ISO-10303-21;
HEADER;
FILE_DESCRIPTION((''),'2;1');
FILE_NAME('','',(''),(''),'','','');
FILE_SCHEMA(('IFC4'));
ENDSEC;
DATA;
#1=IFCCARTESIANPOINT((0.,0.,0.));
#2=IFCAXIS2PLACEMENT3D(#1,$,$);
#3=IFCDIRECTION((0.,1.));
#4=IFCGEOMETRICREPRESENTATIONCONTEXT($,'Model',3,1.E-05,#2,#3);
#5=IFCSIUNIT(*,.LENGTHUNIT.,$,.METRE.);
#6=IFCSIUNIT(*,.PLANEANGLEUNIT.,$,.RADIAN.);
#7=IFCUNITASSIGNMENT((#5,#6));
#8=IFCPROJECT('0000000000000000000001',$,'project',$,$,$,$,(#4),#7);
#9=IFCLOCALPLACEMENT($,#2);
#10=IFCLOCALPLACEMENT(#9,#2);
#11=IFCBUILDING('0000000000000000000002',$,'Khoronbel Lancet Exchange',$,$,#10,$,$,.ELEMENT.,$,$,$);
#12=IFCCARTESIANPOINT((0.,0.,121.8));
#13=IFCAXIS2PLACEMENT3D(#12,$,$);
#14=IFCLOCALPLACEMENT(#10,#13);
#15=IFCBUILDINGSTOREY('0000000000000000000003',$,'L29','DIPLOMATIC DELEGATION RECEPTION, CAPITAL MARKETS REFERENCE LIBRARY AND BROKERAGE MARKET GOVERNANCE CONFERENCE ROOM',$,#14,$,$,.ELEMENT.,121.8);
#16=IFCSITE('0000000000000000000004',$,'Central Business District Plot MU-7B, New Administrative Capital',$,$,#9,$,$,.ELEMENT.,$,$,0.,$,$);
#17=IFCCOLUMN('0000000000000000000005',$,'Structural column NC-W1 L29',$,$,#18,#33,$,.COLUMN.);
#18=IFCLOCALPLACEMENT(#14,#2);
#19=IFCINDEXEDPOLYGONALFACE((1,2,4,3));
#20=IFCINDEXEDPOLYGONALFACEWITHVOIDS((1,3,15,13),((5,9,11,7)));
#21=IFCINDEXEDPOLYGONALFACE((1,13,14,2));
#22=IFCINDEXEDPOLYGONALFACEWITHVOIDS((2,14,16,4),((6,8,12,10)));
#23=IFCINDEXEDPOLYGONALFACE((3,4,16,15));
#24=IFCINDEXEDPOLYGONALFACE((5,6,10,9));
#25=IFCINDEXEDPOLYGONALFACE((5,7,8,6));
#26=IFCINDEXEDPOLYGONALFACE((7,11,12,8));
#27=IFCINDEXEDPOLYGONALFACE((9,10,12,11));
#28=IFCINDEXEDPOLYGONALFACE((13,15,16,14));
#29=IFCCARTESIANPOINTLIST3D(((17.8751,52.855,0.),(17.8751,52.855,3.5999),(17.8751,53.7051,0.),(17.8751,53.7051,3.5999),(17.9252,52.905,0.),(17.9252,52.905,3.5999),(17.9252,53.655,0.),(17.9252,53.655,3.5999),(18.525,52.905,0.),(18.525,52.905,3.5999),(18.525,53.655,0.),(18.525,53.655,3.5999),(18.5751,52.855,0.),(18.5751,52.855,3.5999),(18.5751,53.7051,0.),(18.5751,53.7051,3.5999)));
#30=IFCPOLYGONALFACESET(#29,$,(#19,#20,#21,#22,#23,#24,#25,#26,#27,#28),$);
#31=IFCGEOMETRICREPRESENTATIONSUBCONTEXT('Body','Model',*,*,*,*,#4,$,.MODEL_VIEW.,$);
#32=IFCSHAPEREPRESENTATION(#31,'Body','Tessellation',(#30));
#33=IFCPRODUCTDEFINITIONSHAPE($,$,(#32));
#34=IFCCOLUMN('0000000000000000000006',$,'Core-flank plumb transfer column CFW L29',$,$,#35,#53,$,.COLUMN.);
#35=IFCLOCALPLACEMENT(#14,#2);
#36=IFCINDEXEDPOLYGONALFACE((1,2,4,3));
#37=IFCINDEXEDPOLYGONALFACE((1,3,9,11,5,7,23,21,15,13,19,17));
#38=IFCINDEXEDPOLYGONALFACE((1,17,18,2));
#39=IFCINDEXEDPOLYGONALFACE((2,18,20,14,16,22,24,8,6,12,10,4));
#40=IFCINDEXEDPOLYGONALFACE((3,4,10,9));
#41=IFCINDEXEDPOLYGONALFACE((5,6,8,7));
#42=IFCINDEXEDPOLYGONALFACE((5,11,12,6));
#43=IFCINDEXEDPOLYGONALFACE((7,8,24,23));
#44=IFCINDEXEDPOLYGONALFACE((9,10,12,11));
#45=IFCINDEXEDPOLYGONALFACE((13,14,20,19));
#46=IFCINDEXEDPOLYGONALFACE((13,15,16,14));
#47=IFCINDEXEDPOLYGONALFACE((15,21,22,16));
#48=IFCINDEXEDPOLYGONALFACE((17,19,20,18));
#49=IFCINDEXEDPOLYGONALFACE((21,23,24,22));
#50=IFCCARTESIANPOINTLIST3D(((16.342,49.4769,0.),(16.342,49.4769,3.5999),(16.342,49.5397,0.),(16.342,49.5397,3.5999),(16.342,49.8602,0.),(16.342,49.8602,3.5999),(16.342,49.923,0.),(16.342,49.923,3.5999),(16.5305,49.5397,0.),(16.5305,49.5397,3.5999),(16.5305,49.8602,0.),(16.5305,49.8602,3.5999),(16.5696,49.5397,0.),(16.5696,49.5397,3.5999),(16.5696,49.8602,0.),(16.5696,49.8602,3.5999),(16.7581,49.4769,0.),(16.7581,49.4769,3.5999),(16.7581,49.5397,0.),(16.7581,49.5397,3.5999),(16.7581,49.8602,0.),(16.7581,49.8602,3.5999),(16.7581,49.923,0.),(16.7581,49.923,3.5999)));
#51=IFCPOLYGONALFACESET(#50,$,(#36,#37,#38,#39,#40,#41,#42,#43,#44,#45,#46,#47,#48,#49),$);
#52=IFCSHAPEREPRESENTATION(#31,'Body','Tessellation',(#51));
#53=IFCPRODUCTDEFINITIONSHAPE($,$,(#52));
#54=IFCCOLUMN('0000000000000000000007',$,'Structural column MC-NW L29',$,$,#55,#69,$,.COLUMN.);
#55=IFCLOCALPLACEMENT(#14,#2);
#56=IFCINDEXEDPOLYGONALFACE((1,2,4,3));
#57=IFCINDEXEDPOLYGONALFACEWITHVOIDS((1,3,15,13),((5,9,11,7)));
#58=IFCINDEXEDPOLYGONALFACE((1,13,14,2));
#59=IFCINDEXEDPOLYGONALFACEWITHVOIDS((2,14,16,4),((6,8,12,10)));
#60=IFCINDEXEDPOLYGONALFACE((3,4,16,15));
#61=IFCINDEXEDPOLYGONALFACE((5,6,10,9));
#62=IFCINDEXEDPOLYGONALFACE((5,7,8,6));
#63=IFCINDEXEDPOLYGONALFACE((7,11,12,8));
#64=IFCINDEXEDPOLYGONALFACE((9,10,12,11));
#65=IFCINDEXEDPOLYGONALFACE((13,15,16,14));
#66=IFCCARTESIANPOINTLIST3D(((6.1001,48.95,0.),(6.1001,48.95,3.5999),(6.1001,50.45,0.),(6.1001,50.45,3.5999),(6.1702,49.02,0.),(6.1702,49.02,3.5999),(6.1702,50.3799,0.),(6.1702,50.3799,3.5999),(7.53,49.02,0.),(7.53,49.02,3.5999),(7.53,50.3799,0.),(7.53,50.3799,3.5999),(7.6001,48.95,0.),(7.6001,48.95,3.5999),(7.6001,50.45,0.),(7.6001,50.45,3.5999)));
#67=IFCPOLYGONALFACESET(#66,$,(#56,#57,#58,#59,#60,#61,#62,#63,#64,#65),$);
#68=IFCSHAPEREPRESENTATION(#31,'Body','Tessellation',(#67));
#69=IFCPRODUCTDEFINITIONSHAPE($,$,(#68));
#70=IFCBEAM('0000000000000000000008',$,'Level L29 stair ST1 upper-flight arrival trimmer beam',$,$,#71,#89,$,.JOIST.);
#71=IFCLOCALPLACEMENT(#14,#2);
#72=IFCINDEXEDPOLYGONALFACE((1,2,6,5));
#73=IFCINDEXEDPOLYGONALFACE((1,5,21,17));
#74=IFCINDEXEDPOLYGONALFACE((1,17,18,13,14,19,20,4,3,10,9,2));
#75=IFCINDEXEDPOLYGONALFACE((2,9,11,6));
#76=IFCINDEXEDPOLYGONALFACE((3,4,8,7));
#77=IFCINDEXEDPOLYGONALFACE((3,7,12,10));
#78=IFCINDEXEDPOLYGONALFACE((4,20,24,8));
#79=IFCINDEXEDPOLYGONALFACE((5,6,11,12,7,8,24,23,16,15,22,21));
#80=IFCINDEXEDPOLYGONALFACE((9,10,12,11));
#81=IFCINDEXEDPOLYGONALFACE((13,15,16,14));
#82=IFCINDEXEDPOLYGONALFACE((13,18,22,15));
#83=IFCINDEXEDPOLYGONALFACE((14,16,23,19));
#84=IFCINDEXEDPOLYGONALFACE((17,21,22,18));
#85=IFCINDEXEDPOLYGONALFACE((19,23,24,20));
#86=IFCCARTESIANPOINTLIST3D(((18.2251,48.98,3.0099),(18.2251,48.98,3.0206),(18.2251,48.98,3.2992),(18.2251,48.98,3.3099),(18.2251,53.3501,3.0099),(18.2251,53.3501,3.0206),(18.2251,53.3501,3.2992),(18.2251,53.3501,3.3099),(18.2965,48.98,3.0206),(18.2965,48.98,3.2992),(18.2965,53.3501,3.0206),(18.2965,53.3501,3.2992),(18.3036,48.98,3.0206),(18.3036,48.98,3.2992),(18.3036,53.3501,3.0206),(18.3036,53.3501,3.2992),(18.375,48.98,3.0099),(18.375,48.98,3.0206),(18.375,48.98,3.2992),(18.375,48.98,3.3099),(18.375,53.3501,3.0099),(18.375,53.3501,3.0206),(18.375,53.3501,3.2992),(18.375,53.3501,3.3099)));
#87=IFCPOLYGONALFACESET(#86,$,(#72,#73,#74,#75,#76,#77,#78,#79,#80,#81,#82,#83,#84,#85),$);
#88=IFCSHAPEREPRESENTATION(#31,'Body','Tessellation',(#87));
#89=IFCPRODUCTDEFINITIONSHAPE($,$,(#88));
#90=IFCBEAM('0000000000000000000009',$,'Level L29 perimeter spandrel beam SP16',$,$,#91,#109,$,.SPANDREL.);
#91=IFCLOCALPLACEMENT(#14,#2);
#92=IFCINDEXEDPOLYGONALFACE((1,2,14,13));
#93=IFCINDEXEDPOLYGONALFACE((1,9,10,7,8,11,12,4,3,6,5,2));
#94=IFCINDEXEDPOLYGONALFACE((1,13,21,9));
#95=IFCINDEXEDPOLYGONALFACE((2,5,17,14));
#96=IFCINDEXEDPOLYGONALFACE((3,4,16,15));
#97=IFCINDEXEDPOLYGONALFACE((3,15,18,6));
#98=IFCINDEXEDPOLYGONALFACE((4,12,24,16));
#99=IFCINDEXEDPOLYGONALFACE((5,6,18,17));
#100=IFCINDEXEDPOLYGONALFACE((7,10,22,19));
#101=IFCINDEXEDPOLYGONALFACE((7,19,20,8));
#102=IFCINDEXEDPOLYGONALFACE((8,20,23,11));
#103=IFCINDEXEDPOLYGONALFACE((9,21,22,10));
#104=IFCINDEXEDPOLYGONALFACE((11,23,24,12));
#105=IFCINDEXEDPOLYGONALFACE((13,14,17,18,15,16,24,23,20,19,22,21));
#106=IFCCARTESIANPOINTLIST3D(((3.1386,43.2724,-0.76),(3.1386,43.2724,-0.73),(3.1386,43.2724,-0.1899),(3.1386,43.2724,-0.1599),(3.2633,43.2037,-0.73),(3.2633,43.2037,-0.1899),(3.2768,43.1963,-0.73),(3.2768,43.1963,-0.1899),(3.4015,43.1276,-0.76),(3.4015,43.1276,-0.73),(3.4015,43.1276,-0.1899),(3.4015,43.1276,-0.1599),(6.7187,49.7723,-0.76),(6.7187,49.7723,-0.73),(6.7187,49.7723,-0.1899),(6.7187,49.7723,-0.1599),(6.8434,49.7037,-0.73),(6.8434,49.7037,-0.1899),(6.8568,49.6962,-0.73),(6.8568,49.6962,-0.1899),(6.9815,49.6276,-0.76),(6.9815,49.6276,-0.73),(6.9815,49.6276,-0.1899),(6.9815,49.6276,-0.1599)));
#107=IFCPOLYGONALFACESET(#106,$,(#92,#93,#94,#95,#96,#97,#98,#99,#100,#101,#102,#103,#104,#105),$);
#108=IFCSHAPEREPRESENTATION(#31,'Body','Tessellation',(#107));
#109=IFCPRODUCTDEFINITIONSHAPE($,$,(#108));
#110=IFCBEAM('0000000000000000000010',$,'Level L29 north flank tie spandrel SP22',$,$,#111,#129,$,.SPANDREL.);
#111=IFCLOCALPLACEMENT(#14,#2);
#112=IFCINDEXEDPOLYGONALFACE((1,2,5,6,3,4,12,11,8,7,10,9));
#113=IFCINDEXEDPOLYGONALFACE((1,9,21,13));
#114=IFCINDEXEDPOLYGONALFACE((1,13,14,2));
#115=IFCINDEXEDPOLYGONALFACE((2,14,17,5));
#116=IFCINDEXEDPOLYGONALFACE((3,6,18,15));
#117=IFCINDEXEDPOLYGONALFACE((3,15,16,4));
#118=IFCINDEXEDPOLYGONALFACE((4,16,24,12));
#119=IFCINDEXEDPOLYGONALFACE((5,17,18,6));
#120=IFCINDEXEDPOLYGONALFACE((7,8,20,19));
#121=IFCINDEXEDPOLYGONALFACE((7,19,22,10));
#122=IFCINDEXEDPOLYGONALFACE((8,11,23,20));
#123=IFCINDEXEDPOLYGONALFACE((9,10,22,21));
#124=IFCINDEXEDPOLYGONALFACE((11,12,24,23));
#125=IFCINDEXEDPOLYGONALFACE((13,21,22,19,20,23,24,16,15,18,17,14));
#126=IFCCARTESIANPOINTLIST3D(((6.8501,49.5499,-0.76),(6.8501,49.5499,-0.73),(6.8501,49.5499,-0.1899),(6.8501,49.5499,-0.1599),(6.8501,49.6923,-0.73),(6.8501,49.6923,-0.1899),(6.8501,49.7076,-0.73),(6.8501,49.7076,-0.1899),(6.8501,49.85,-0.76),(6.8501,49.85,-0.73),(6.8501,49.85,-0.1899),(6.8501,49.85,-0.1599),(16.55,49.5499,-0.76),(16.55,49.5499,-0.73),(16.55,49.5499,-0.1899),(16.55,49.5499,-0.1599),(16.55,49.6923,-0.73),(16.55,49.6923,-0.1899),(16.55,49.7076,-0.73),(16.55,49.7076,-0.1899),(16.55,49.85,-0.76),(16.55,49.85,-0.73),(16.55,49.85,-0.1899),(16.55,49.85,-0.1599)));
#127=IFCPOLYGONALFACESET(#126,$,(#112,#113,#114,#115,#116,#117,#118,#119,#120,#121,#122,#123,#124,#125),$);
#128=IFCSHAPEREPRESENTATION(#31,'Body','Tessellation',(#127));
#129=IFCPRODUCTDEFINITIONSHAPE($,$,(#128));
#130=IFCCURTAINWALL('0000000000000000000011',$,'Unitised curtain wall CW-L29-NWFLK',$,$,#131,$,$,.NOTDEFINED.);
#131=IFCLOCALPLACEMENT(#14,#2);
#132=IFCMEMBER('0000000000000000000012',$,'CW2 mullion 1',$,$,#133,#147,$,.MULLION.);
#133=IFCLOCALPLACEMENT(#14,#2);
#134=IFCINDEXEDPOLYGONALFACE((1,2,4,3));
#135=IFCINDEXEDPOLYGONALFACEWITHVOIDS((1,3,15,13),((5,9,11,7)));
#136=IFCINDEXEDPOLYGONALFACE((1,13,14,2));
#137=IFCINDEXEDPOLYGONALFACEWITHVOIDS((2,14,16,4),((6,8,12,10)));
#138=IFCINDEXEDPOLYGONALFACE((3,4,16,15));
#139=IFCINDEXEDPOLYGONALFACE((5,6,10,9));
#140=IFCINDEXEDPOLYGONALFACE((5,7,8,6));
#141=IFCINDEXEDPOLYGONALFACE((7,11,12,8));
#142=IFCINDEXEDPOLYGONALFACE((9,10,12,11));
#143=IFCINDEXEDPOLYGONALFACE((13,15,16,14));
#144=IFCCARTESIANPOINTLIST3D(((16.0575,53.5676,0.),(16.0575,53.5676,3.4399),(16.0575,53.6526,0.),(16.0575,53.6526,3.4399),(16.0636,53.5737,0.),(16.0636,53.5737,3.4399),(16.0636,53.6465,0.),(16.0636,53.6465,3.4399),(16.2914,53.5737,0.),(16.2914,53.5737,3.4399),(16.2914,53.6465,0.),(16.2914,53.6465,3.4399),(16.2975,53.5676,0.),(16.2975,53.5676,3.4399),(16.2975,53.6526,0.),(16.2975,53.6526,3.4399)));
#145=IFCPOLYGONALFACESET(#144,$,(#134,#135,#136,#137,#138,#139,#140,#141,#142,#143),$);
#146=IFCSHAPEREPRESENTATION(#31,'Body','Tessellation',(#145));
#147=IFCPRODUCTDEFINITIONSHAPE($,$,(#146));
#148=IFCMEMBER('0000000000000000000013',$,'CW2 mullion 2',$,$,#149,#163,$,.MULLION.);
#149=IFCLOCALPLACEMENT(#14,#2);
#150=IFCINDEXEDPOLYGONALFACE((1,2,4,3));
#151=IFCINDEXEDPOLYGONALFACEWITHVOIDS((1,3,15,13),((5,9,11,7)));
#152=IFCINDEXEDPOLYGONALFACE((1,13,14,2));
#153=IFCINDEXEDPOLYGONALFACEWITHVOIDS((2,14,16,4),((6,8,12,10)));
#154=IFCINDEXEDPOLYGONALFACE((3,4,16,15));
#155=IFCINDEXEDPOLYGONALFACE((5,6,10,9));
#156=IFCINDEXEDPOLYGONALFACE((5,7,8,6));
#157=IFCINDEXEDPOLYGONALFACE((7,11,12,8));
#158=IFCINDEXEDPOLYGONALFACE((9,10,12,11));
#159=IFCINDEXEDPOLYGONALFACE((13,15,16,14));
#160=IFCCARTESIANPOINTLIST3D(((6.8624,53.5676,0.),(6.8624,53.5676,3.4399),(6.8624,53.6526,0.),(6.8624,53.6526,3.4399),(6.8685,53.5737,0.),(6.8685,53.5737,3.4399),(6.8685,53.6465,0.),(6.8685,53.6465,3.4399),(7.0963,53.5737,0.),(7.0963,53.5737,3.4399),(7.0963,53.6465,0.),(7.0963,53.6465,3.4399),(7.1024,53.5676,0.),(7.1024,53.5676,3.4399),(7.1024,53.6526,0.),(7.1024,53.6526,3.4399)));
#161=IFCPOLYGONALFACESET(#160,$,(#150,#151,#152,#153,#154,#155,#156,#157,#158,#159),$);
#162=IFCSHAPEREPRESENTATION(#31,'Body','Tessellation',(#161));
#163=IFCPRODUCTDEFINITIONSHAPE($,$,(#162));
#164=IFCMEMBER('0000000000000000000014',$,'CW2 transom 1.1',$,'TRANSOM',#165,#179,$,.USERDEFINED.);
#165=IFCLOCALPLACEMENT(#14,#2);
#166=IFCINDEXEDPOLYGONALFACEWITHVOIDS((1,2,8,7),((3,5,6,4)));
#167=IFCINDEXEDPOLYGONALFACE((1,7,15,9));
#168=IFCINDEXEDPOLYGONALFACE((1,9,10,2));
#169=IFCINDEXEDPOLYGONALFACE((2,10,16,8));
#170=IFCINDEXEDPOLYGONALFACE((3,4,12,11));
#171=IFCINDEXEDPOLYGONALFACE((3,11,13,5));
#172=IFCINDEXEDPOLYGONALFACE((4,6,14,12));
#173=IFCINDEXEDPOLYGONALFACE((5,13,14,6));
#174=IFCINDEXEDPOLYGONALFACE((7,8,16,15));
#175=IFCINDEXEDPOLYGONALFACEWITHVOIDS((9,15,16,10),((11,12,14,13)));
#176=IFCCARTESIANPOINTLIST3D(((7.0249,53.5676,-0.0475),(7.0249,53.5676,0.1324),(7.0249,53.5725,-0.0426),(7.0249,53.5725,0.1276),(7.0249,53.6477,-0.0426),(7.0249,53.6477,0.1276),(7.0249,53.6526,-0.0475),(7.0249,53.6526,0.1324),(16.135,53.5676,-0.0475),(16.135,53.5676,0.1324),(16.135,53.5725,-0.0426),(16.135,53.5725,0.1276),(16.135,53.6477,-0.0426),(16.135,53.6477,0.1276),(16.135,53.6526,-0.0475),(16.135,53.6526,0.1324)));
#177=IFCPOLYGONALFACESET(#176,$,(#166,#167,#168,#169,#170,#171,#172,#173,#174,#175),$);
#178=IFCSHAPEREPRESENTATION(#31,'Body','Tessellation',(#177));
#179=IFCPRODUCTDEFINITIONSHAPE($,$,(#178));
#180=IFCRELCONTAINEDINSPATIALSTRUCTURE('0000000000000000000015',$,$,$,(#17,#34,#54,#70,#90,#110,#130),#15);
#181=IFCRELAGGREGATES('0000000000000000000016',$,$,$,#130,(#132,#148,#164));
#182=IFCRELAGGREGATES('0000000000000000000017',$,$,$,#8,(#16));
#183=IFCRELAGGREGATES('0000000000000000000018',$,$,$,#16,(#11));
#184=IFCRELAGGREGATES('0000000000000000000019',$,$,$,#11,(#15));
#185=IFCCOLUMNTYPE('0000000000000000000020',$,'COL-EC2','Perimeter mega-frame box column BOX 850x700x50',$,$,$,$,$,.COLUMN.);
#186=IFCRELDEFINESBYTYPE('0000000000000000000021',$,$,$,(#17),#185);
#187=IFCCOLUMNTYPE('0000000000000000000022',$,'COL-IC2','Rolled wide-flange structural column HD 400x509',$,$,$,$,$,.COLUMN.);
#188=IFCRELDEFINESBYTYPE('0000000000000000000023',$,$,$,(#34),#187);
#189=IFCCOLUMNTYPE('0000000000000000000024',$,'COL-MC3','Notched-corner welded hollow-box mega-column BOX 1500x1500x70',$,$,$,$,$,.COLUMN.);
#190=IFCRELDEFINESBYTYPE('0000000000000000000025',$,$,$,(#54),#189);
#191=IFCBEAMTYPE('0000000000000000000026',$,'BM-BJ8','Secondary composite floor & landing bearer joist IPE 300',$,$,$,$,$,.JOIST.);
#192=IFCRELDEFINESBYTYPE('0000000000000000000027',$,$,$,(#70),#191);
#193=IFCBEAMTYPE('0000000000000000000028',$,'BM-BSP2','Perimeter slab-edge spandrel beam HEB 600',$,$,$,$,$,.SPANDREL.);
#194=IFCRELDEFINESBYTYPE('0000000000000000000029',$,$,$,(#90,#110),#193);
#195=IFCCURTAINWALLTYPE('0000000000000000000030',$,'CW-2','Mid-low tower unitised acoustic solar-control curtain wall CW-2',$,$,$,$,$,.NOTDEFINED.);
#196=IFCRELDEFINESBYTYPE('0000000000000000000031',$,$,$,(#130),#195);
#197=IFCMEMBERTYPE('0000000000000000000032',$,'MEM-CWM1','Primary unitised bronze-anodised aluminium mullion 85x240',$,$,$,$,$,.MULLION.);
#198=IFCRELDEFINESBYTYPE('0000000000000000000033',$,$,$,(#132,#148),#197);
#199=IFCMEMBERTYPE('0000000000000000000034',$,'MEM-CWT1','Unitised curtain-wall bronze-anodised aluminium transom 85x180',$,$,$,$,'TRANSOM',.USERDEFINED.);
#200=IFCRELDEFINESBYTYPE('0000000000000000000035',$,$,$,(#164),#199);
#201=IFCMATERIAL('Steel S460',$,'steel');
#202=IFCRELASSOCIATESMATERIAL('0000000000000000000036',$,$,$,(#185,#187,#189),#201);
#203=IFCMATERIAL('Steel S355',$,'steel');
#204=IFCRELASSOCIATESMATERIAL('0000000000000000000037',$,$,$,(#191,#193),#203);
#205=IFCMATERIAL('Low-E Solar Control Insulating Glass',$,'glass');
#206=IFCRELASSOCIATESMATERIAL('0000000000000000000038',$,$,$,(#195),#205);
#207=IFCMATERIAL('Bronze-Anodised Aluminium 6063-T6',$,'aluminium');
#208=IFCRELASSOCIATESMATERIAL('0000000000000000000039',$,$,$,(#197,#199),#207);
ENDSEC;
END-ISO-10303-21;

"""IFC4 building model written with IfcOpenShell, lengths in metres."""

from ifc_helpers import new_model, si_unit, direction, frame, origin, origin_2d, place, context, subcontext, project, spatial, hollow_rectangle, i_section, extrude, material, material_profile, profile_set, type_object, element, aggregate, save


model = new_model("IFC4")

# Units and contexts
model_context = context("Model", 3, precision=1e-05, world=origin(), true_north=direction((0.0, 1.0)))
body_context = subcontext(model_context, "Body", "Model", "MODEL_VIEW")
ifc_project = project(units=[si_unit("LENGTHUNIT", "METRE"), si_unit("PLANEANGLEUNIT", "RADIAN")], contexts=[model_context])

# Site, building, storey
site_placement = place(None, origin())
site = spatial("IfcSite", under=ifc_project, at=site_placement, Name="Central Business District Plot MU-7B, New Administrative Capital", CompositionType="ELEMENT", RefElevation=0.0)
building_placement = place(site_placement, origin())
building = spatial("IfcBuilding", under=site, at=building_placement, Name="Khoronbel Lancet Exchange", CompositionType="ELEMENT")
storey_placement = place(building_placement, frame((0.0, 0.0, 121.8)))
storey = spatial("IfcBuildingStorey", under=building, at=storey_placement, Name="L29", Description="DIPLOMATIC DELEGATION RECEPTION, CAPITAL MARKETS REFERENCE LIBRARY AND BROKERAGE MARKET GOVERNANCE CONFERENCE ROOM", CompositionType="ELEMENT", Elevation=121.8)

# Columns
ifc_material_1 = material(Name="Steel S460", Category="steel")
ifc_material_profile_1 = material_profile(ifc_material_1, hollow_rectangle(XDim=0.7, YDim=0.8501, WallThickness=0.05, at=origin_2d()), Name="BOX 850x700x50")
ifc_profile_set_1 = profile_set([ifc_material_profile_1], Name="Steel S460")
column_type_1 = type_object("IfcColumnType", Name="COL-EC2", Description="Perimeter mega-frame box column BOX 850x700x50", PredefinedType="COLUMN", material=ifc_profile_set_1)
column_1_placement = place(storey_placement, frame((18.2251, 53.28, 0.0), z_axis=(0.0, 0.0, 1.0), x_axis=(1.0, 0.0, 0.0)))
element("IfcColumn", 1, at=column_1_placement, inside=storey, type_object=column_type_1, Name="Structural column NC-W1 L29", PredefinedType="COLUMN", context=body_context, shape_type="SweptSolid", body=[
    extrude(hollow_rectangle(XDim=0.7, YDim=0.8501, WallThickness=0.05, at=origin_2d()), origin(), (0.0, 0.0, 1.0), 3.5999),
])
ifc_material_profile_2 = material_profile(ifc_material_1, i_section(OverallWidth=0.416, OverallDepth=0.446, WebThickness=0.0391, FlangeThickness=0.0627, at=origin_2d()), Name="HD 400x509")
ifc_profile_set_2 = profile_set([ifc_material_profile_2], Name="Steel S460")
column_type_2 = type_object("IfcColumnType", Name="COL-IC2", Description="Rolled wide-flange structural column HD 400x509", PredefinedType="COLUMN", material=ifc_profile_set_2)
column_2_placement = place(storey_placement, frame((16.55, 49.7, 0.0), z_axis=(0.0, 0.0, 1.0), x_axis=(1.0, 0.0, 0.0)))
element("IfcColumn", 2, at=column_2_placement, inside=storey, type_object=column_type_2, Name="Core-flank plumb transfer column CFW L29", PredefinedType="COLUMN", context=body_context, shape_type="SweptSolid", body=[
    extrude(i_section(OverallWidth=0.416, OverallDepth=0.446, WebThickness=0.0391, FlangeThickness=0.0627, at=origin_2d()), origin(), (0.0, 0.0, 1.0), 3.5999),
])
ifc_material_profile_3 = material_profile(ifc_material_1, hollow_rectangle(XDim=1.5, YDim=1.5, WallThickness=0.0701, at=origin_2d()), Name="BOX 1500x1500x70")
ifc_profile_set_3 = profile_set([ifc_material_profile_3], Name="Steel S460")
column_type_3 = type_object("IfcColumnType", Name="COL-MC3", Description="Notched-corner welded hollow-box mega-column BOX 1500x1500x70", PredefinedType="COLUMN", material=ifc_profile_set_3)
column_3_placement = place(storey_placement, frame((6.8501, 49.7, 0.0), z_axis=(0.0, 0.0, 1.0), x_axis=(1.0, 0.0, 0.0)))
element("IfcColumn", 3, at=column_3_placement, inside=storey, type_object=column_type_3, Name="Structural column MC-NW L29", PredefinedType="COLUMN", context=body_context, shape_type="SweptSolid", body=[
    extrude(hollow_rectangle(XDim=1.5, YDim=1.5, WallThickness=0.0701, at=origin_2d()), origin(), (0.0, 0.0, 1.0), 3.5999),
])

# Beams
ifc_material_2 = material(Name="Steel S355", Category="steel")
ifc_material_profile_4 = material_profile(ifc_material_2, i_section(OverallWidth=0.1499, OverallDepth=0.3, WebThickness=0.0071, FlangeThickness=0.0107, at=origin_2d()), Name="IPE 300")
ifc_profile_set_4 = profile_set([ifc_material_profile_4], Name="Steel S355")
beam_type_1 = type_object("IfcBeamType", Name="BM-BJ8", Description="Secondary composite floor & landing bearer joist IPE 300", PredefinedType="JOIST", material=ifc_profile_set_4)
beam_1_placement = place(storey_placement, frame((18.3, 48.98, 3.1599), z_axis=(0.0, 1.0, 0.0), x_axis=(-1.0, 0.0, 0.0)))
element("IfcBeam", 4, at=beam_1_placement, inside=storey, type_object=beam_type_1, Name="Level L29 stair ST1 upper-flight arrival trimmer beam", PredefinedType="JOIST", context=body_context, shape_type="SweptSolid", body=[
    extrude(i_section(OverallWidth=0.1499, OverallDepth=0.3, WebThickness=0.0071, FlangeThickness=0.0107, at=origin_2d()), origin(), (0.0, 0.0, 1.0), 4.3701),
])
ifc_material_profile_5 = material_profile(ifc_material_2, i_section(OverallWidth=0.3, OverallDepth=0.6001, WebThickness=0.0154, FlangeThickness=0.03, at=origin_2d()), Name="HEB 600")
ifc_profile_set_5 = profile_set([ifc_material_profile_5], Name="Steel S355")
beam_type_2 = type_object("IfcBeamType", Name="BM-BSP2", Description="Perimeter slab-edge spandrel beam HEB 600", PredefinedType="SPANDREL", material=ifc_profile_set_5)
beam_2_placement = place(storey_placement, frame((6.8501, 49.7, -0.46), z_axis=(-0.482444, -0.875927, 0.0), x_axis=(0.875927, -0.482444, 0.0)))
element("IfcBeam", 5, at=beam_2_placement, inside=storey, type_object=beam_type_2, Name="Level L29 perimeter spandrel beam SP16", PredefinedType="SPANDREL", context=body_context, shape_type="SweptSolid", body=[
    extrude(i_section(OverallWidth=0.3, OverallDepth=0.6001, WebThickness=0.0154, FlangeThickness=0.03, at=origin_2d()), origin(), (0.0, 0.0, 1.0), 7.4207),
])
beam_3_placement = place(storey_placement, frame((6.8501, 49.7, -0.46), z_axis=(1.0, 0.0, 0.0), x_axis=(0.0, 1.0, 0.0)))
element("IfcBeam", 6, at=beam_3_placement, inside=storey, type_object=beam_type_2, Name="Level L29 north flank tie spandrel SP22", PredefinedType="SPANDREL", context=body_context, shape_type="SweptSolid", body=[
    extrude(i_section(OverallWidth=0.3, OverallDepth=0.6001, WebThickness=0.0154, FlangeThickness=0.03, at=origin_2d()), origin(), (0.0, 0.0, 1.0), 9.7),
])

# Curtain wall, members
ifc_material_3 = material(Name="Low-E Solar Control Insulating Glass", Category="glass")
curtain_wall_type = type_object("IfcCurtainWallType", Name="CW-2", Description="Mid-low tower unitised acoustic solar-control curtain wall CW-2", PredefinedType="NOTDEFINED", material=ifc_material_3)
curtain_wall_placement = place(storey_placement, origin())
curtain_wall = element("IfcCurtainWall", 7, at=curtain_wall_placement, inside=storey, type_object=curtain_wall_type, Name="Unitised curtain wall CW-L29-NWFLK", PredefinedType="NOTDEFINED")
ifc_material_4 = material(Name="Bronze-Anodised Aluminium 6063-T6", Category="aluminium")
ifc_material_profile_6 = material_profile(ifc_material_4, hollow_rectangle(XDim=0.085, YDim=0.24, WallThickness=0.0061, at=origin_2d()), Name="ALU MULLION 85x240")
ifc_profile_set_6 = profile_set([ifc_material_profile_6], Name="Bronze-Anodised Aluminium 6063-T6")
member_type_1 = type_object("IfcMemberType", Name="MEM-CWM1", Description="Primary unitised bronze-anodised aluminium mullion 85x240", PredefinedType="MULLION", material=ifc_profile_set_6)
member_1_placement = place(storey_placement, frame((16.1775, 53.6101, 0.0), z_axis=(0.0, 0.0, 1.0), x_axis=(0.0, -1.0, 0.0)))
member_1 = element("IfcMember", 8, at=member_1_placement, type_object=member_type_1, Name="CW2 mullion 1", PredefinedType="MULLION", context=body_context, shape_type="SweptSolid", body=[
    extrude(hollow_rectangle(XDim=0.085, YDim=0.24, WallThickness=0.0061, at=origin_2d()), origin(), (0.0, 0.0, 1.0), 3.4399),
])
member_2_placement = place(storey_placement, frame((6.9824, 53.6101, 0.0), z_axis=(0.0, 0.0, 1.0), x_axis=(0.0, -1.0, 0.0)))
member_2 = element("IfcMember", 9, at=member_2_placement, type_object=member_type_1, Name="CW2 mullion 2", PredefinedType="MULLION", context=body_context, shape_type="SweptSolid", body=[
    extrude(hollow_rectangle(XDim=0.085, YDim=0.24, WallThickness=0.0061, at=origin_2d()), origin(), (0.0, 0.0, 1.0), 3.4399),
])
ifc_material_profile_7 = material_profile(ifc_material_4, hollow_rectangle(XDim=0.085, YDim=0.1799, WallThickness=0.0049, at=origin_2d()), Name="ALU TRANSOM 85x180")
ifc_profile_set_7 = profile_set([ifc_material_profile_7], Name="Bronze-Anodised Aluminium 6063-T6")
member_type_2 = type_object("IfcMemberType", Name="MEM-CWT1", Description="Unitised curtain-wall bronze-anodised aluminium transom 85x180", ElementType="TRANSOM", PredefinedType="USERDEFINED", material=ifc_profile_set_7)
member_3_placement = place(storey_placement, frame((16.135, 53.6101, 0.0425), z_axis=(-1.0, 0.0, 0.0), x_axis=(0.0, -1.0, 0.0)))
member_3 = element("IfcMember", 10, at=member_3_placement, type_object=member_type_2, Name="CW2 transom 1.1", ObjectType="TRANSOM", PredefinedType="USERDEFINED", context=body_context, shape_type="SweptSolid", body=[
    extrude(hollow_rectangle(XDim=0.085, YDim=0.1799, WallThickness=0.0049, at=origin_2d()), origin(), (0.0, 0.0, 1.0), 9.1101),
])
aggregate(curtain_wall, [member_1, member_2, member_3])

save(model, "model.ifc")
